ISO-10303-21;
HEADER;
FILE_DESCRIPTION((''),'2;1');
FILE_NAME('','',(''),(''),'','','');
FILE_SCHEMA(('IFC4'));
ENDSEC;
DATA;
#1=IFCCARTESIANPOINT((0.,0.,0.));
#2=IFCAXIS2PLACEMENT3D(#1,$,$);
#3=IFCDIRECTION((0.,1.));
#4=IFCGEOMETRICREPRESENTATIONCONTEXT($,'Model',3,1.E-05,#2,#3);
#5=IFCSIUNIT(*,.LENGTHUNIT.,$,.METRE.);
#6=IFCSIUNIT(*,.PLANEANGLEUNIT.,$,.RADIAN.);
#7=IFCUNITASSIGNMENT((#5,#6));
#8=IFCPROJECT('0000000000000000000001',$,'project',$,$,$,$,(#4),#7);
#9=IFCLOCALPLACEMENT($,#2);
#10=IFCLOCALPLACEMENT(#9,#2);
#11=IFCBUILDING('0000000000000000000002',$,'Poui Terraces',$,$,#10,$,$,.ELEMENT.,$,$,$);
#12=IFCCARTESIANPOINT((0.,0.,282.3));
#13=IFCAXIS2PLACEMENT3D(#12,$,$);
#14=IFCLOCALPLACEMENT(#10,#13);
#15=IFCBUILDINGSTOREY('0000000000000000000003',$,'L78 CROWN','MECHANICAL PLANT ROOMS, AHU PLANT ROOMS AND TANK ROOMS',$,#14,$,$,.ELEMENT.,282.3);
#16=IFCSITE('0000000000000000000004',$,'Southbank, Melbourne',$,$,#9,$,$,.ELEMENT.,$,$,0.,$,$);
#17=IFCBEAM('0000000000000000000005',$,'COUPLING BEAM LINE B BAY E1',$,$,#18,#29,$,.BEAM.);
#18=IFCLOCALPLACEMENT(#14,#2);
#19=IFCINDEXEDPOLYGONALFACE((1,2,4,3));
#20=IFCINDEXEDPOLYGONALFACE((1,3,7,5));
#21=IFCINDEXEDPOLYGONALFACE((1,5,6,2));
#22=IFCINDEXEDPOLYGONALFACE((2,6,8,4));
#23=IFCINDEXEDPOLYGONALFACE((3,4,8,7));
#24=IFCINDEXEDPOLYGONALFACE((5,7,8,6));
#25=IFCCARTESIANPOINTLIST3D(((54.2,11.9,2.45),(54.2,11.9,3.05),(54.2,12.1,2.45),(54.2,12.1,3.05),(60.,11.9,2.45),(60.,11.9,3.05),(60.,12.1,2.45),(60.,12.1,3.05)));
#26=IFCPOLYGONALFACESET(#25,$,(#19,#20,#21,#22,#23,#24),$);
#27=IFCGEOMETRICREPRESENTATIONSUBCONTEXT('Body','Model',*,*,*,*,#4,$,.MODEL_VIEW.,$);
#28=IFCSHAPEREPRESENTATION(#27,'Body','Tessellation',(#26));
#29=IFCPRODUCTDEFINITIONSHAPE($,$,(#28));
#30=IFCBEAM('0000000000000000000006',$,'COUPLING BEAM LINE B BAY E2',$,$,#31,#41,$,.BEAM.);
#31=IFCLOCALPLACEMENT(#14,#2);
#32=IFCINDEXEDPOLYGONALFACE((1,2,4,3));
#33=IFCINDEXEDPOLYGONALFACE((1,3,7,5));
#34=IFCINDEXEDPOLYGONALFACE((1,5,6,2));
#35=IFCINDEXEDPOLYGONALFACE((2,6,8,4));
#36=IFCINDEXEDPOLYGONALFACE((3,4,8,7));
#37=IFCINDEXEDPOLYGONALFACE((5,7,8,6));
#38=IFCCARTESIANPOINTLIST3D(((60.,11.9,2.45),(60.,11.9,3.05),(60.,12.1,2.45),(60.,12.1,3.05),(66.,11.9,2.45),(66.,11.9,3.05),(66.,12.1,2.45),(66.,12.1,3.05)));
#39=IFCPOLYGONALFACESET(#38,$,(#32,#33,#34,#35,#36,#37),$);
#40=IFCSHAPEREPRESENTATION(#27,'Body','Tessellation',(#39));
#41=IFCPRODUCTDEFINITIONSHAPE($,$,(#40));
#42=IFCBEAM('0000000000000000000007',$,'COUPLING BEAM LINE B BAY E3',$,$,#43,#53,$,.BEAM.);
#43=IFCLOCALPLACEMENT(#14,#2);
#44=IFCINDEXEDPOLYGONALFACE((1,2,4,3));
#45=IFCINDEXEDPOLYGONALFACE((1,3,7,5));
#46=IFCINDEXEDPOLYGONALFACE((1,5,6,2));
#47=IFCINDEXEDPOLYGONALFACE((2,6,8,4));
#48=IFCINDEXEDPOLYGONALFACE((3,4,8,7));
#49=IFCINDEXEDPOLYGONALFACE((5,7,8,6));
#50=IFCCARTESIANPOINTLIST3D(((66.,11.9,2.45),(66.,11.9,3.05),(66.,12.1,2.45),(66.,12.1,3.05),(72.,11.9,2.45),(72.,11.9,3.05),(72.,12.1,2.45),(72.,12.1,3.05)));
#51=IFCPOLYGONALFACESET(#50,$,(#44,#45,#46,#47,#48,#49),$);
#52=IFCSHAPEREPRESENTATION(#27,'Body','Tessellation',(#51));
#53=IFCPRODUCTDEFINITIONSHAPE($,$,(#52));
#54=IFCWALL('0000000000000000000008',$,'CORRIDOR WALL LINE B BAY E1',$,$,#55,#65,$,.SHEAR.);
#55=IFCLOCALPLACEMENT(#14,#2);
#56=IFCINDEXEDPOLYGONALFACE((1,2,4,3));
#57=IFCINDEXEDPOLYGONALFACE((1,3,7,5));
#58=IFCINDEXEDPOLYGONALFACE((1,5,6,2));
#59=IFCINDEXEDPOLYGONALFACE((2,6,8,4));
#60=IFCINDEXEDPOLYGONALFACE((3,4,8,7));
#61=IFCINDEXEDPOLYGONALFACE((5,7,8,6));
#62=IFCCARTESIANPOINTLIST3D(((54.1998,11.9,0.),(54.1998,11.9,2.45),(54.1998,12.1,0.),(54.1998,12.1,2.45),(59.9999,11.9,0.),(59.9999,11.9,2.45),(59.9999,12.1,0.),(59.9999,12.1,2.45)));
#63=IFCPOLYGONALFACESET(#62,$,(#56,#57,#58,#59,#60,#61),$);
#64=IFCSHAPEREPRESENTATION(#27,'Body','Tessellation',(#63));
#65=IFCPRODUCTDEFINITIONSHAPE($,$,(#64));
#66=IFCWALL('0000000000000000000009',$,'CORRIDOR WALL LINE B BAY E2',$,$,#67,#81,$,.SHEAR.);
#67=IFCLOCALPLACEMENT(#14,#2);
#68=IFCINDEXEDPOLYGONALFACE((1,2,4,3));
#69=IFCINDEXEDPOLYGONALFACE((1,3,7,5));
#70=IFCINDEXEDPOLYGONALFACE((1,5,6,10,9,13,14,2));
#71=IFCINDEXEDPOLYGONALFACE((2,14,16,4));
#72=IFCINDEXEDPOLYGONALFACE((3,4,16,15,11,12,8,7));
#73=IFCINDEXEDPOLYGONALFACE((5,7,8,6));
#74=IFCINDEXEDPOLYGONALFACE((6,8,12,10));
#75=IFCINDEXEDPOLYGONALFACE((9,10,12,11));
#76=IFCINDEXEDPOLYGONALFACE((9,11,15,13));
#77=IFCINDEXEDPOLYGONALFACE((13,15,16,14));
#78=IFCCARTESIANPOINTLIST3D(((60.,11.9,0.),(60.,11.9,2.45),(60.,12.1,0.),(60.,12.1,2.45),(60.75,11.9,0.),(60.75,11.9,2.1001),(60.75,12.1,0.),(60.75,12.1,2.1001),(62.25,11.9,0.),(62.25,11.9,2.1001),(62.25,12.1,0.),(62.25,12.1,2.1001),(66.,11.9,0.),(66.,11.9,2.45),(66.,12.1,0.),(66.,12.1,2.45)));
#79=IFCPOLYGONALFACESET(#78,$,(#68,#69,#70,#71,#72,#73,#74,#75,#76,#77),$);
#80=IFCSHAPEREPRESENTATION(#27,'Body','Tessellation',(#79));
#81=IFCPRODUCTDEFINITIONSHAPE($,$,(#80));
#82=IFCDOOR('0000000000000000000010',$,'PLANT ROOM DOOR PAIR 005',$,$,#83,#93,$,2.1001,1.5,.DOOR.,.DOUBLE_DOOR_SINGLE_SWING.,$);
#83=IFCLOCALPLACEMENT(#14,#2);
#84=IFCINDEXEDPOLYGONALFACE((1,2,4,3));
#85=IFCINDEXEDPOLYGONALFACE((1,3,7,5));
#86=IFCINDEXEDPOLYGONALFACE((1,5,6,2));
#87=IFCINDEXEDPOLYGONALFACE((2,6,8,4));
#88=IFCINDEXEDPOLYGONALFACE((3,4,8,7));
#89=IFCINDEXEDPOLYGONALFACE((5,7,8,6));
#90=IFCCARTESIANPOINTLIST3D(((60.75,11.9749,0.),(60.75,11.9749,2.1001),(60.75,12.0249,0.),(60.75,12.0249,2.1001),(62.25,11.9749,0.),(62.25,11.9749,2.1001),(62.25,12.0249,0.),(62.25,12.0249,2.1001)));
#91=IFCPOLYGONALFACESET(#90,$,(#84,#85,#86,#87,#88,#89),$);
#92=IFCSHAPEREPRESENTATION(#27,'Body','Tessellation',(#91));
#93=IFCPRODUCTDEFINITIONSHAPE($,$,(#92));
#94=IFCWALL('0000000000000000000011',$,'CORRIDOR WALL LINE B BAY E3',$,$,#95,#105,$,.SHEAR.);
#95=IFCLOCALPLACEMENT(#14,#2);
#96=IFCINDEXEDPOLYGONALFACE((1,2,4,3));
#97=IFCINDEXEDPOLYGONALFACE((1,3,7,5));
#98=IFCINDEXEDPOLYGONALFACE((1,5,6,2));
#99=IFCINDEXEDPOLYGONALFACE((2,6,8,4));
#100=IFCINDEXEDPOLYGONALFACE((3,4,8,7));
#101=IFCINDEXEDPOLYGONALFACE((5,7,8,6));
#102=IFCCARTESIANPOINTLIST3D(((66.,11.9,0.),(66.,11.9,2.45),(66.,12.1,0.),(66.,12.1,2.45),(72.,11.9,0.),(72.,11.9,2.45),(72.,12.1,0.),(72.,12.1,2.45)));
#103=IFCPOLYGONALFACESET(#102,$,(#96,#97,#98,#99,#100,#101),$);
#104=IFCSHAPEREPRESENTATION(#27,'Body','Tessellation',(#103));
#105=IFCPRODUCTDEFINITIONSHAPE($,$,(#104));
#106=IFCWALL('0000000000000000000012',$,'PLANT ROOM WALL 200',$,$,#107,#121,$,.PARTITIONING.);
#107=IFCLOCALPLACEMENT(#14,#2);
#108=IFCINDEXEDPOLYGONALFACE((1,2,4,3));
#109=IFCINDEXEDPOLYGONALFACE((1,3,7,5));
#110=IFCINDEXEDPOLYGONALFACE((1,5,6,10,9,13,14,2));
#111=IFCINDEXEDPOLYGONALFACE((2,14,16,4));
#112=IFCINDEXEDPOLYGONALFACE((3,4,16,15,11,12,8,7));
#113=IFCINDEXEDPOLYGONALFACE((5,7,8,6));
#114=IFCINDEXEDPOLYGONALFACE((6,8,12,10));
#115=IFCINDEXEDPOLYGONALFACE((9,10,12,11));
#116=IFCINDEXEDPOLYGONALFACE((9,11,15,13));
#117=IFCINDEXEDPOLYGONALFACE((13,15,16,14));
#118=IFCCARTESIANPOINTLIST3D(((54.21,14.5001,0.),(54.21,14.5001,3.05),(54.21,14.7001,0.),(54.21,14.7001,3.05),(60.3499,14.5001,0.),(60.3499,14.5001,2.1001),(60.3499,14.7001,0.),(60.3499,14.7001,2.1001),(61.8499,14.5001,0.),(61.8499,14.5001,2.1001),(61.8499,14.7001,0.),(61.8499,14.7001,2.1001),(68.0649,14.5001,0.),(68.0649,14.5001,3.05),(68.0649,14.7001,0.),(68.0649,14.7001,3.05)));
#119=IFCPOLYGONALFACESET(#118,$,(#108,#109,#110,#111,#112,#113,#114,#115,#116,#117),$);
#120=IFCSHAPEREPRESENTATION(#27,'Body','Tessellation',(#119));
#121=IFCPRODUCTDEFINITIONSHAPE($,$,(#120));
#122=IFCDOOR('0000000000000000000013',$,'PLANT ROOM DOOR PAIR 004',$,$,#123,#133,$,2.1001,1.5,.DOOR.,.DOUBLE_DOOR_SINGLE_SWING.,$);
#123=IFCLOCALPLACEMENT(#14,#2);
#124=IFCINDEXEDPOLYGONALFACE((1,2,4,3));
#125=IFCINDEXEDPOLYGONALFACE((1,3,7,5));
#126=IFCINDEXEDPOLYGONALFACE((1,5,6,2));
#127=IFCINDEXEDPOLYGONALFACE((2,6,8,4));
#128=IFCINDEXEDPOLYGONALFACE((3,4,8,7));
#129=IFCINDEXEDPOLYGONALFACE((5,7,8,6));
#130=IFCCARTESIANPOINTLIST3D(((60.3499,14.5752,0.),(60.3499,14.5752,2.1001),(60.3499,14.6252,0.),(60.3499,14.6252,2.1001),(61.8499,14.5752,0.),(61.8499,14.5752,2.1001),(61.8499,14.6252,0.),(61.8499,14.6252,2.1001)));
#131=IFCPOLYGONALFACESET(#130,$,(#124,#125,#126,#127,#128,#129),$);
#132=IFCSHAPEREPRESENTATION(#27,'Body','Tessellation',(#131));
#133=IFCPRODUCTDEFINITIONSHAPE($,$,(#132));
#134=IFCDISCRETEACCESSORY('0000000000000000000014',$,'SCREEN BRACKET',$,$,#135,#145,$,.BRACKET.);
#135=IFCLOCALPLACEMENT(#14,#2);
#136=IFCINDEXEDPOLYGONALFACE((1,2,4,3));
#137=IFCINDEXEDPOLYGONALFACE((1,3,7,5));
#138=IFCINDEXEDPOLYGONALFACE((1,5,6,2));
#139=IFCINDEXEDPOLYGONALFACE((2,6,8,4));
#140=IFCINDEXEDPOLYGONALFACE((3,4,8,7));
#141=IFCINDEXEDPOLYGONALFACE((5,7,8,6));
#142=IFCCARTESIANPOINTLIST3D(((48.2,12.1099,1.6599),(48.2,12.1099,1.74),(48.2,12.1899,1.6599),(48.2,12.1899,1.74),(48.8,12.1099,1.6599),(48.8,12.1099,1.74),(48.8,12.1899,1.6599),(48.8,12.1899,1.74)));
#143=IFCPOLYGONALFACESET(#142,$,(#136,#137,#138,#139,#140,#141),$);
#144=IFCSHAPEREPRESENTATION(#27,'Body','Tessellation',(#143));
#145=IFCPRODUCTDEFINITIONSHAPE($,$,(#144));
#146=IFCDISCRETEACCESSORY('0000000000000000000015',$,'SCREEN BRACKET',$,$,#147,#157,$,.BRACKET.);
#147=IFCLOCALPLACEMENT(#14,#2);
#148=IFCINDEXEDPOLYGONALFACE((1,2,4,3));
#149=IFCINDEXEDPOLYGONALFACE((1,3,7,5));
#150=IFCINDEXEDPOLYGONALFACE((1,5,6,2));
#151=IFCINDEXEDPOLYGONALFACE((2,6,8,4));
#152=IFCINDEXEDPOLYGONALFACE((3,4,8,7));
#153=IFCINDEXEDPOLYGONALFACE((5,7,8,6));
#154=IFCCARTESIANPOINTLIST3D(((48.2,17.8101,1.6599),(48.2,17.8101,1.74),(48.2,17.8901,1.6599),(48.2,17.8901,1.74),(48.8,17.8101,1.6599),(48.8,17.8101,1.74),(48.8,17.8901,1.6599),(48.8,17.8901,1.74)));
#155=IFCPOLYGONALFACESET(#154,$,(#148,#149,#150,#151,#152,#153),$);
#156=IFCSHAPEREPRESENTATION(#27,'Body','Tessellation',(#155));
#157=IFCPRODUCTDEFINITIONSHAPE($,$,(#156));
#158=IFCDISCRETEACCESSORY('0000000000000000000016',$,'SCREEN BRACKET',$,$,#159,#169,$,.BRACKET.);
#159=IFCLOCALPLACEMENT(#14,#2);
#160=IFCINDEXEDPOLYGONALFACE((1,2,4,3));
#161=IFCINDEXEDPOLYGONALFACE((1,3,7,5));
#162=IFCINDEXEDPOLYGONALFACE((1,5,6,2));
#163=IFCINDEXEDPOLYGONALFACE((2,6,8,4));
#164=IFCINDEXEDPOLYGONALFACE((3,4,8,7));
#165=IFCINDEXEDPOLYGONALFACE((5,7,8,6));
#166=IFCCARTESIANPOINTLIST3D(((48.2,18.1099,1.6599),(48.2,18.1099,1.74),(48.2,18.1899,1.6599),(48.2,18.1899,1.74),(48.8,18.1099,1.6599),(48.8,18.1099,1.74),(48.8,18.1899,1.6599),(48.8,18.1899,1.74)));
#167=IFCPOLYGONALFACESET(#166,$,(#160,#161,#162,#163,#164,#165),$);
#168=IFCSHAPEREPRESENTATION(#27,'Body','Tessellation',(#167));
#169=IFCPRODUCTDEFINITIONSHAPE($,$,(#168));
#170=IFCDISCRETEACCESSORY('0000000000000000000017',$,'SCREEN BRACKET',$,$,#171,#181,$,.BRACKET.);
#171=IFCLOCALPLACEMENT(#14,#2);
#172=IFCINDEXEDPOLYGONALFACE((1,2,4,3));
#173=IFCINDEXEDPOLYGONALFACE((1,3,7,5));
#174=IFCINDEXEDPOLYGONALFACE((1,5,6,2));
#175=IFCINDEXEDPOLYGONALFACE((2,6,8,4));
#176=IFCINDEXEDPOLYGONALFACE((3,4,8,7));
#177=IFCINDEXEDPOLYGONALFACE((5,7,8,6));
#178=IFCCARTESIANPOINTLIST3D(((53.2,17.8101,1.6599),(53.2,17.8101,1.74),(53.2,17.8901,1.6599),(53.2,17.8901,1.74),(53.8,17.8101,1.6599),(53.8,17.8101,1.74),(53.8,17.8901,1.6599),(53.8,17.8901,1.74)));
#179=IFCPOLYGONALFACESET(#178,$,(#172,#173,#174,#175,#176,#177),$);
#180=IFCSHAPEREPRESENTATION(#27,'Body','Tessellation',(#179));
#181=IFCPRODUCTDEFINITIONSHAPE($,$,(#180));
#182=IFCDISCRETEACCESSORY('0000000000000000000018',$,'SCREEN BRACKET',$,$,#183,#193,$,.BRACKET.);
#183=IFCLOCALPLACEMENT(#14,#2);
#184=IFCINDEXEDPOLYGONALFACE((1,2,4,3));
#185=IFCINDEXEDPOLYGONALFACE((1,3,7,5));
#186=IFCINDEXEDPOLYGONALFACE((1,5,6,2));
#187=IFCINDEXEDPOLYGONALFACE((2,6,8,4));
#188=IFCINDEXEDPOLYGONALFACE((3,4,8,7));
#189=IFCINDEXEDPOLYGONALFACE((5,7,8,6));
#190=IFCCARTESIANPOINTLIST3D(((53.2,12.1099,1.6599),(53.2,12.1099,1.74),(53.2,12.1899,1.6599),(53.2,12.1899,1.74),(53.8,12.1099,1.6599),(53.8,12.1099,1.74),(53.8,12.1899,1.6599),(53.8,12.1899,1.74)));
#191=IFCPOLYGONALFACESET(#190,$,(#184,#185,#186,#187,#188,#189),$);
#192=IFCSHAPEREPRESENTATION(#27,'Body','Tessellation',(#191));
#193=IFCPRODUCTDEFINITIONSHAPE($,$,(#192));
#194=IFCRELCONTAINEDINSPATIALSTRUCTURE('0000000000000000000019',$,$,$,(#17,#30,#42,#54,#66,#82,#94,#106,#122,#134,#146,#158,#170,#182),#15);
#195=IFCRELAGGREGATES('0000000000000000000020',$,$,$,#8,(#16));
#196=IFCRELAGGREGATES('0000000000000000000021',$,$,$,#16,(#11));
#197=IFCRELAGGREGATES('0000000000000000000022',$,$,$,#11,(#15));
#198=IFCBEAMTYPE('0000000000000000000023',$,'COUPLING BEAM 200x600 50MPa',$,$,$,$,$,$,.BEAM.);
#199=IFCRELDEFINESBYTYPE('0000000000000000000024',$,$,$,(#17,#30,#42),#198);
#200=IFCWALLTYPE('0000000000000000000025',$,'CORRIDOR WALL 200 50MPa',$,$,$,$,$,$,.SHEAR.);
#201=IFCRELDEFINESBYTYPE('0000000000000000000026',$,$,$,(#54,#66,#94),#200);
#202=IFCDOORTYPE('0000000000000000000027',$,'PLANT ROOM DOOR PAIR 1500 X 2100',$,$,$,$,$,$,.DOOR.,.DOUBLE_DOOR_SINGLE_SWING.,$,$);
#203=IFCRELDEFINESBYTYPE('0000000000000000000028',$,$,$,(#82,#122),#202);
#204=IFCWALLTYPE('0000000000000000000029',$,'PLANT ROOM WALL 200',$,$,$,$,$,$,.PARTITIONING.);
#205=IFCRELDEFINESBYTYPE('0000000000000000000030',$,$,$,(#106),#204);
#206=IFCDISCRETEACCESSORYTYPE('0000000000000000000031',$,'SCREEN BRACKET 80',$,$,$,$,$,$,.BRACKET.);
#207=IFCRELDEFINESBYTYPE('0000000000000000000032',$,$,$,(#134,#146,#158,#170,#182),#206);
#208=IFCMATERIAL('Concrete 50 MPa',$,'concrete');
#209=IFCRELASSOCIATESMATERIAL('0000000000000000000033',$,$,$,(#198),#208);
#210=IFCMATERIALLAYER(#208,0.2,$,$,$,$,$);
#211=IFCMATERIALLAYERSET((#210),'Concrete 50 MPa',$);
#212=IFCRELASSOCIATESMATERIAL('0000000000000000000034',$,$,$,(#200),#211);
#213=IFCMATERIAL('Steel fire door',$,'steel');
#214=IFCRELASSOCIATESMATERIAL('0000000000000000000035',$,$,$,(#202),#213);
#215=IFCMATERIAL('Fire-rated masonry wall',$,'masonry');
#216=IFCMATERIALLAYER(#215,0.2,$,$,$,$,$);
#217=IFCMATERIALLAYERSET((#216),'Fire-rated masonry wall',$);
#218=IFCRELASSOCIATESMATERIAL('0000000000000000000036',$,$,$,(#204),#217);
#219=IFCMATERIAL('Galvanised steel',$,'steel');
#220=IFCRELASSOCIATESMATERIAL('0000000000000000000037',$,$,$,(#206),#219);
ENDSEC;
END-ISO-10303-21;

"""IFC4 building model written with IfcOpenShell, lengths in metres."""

from ifc_helpers import new_model, si_unit, direction, frame, frame_2d, origin, origin_2d, place, context, subcontext, project, spatial, rectangle, extrude, source, transform, mapped, material, layer, layer_set, material_profile, profile_set, type_object, element, fill, save


model = new_model("IFC4")

# Units and contexts
model_context = context("Model", 3, precision=1e-05, world=origin(), true_north=direction((0.0, 1.0)))
body_context = subcontext(model_context, "Body", "Model", "MODEL_VIEW")
ifc_project = project(units=[si_unit("LENGTHUNIT", "METRE"), si_unit("PLANEANGLEUNIT", "RADIAN")], contexts=[model_context])

# Site, building, storey
site_placement = place(None, origin())
site = spatial("IfcSite", under=ifc_project, at=site_placement, Name="Southbank, Melbourne", CompositionType="ELEMENT", RefElevation=0.0)
building_placement = place(site_placement, origin())
building = spatial("IfcBuilding", under=site, at=building_placement, Name="Poui Terraces", CompositionType="ELEMENT")
storey_placement = place(building_placement, frame((0.0, 0.0, 282.3)))
storey = spatial("IfcBuildingStorey", under=building, at=storey_placement, Name="L78 CROWN", Description="MECHANICAL PLANT ROOMS, AHU PLANT ROOMS AND TANK ROOMS", CompositionType="ELEMENT", Elevation=282.3)

# Beams
ifc_material_1 = material(Name="Concrete 50 MPa", Category="concrete")
ifc_material_profile_1 = material_profile(ifc_material_1, rectangle(XDim=0.2, YDim=0.6001, at=origin_2d()), Name="RC 200x600")
ifc_profile_set_1 = profile_set([ifc_material_profile_1], Name="Concrete 50 MPa")
beam_type = type_object("IfcBeamType", Name="COUPLING BEAM 200x600 50MPa", PredefinedType="BEAM", material=ifc_profile_set_1)
shared_shape_1 = source(origin(), body_context, "Body", "SweptSolid", [
    extrude(rectangle(XDim=0.2, YDim=0.6001, at=origin_2d()), origin(), (0.0, 0.0, 1.0), 5.8),
])
beam_placement = place(storey_placement, frame((54.2, 12.0, 2.75), z_axis=(1.0, 0.0, 0.0), x_axis=(0.0, 1.0, 0.0)))
element("IfcBeam", 1, at=beam_placement, inside=storey, type_object=beam_type, Name="COUPLING BEAM LINE B BAY E1", PredefinedType="BEAM", context=body_context, shape_type="MappedRepresentation", body=[
    mapped(shared_shape_1, transform((0.0, 0.0, 0.0))),
])
shared_shape_2 = source(origin(), body_context, "Body", "SweptSolid", [
    extrude(rectangle(XDim=0.2, YDim=0.6001, at=origin_2d()), origin(), (0.0, 0.0, 1.0), 6.0),
])
for number, where, z_axis, x_axis, name in (
    (2, (60.0, 12.0, 2.75), (1.0, 0.0, 0.0), (0.0, 1.0, 0.0), "COUPLING BEAM LINE B BAY E2"),
    (3, (66.0, 12.0, 2.75), (1.0, 0.0, 0.0), (0.0, 1.0, 0.0), "COUPLING BEAM LINE B BAY E3"),
):
    element("IfcBeam", number, at=place(storey_placement, frame(where, z_axis=z_axis, x_axis=x_axis)), inside=storey, type_object=beam_type, Name=name, PredefinedType="BEAM", context=body_context, shape_type="MappedRepresentation", body=[
        mapped(shared_shape_2, transform((0.0, 0.0, 0.0))),
    ])

# Wall
ifc_layer_1 = layer(ifc_material_1, 0.2)
ifc_layer_set_1 = layer_set([ifc_layer_1], Name="Concrete 50 MPa")
wall_type_1 = type_object("IfcWallType", Name="CORRIDOR WALL 200 50MPa", PredefinedType="SHEAR", material=ifc_layer_set_1)
wall_1_placement = place(storey_placement, frame((54.2, 12.0, 0.0), z_axis=(0.0, 0.0, 1.0), x_axis=(1.0, 0.0, 0.0)))
element("IfcWall", 4, at=wall_1_placement, inside=storey, type_object=wall_type_1, Name="CORRIDOR WALL LINE B BAY E1", PredefinedType="SHEAR", context=body_context, shape_type="SweptSolid", body=[
    extrude(rectangle(XDim=5.8, YDim=0.2, at=frame_2d((2.8999, 0.0))), origin(), (0.0, 0.0, 1.0), 2.45),
])

# Wall, opening, door
wall_2_placement = place(storey_placement, frame((60.0, 12.0, 0.0), z_axis=(0.0, 0.0, 1.0), x_axis=(1.0, 0.0, 0.0)))
wall_2 = element("IfcWall", 5, at=wall_2_placement, inside=storey, type_object=wall_type_1, Name="CORRIDOR WALL LINE B BAY E2", PredefinedType="SHEAR", context=body_context, shape_type="SweptSolid", body=[
    extrude(rectangle(XDim=6.0, YDim=0.2, at=frame_2d((3.0, 0.0))), origin(), (0.0, 0.0, 1.0), 2.45),
])
opening_1_placement = place(wall_2_placement, frame((0.75, 0.0, 0.0)))
opening_1 = element("IfcOpeningElement", 6, at=opening_1_placement, cuts=wall_2, PredefinedType="OPENING", context=body_context, shape_type="SweptSolid", body=[
    extrude(rectangle(XDim=1.5, YDim=2.1001, at=frame_2d((0.75, 1.05))), frame((0.0, 0.1099, 0.0), z_axis=(0.0, -1.0, 0.0), x_axis=(1.0, 0.0, 0.0)), (0.0, 0.0, 1.0), 0.22),
])
ifc_material_2 = material(Name="Steel fire door", Category="steel")
door_type = type_object("IfcDoorType", Name="PLANT ROOM DOOR PAIR 1500 X 2100", OperationType="DOUBLE_DOOR_SINGLE_SWING", PredefinedType="DOOR", material=ifc_material_2)
door_1_placement = place(opening_1_placement, origin())
door_1 = element("IfcDoor", 7, at=door_1_placement, inside=storey, type_object=door_type, Name="PLANT ROOM DOOR PAIR 005", OperationType="DOUBLE_DOOR_SINGLE_SWING", OverallHeight=2.1001, OverallWidth=1.5, PredefinedType="DOOR", context=body_context, shape_type="SweptSolid", body=[
    extrude(rectangle(XDim=1.5, YDim=2.1001, at=frame_2d((0.75, 1.05))), frame((0.0, 0.0249, 0.0), z_axis=(0.0, -1.0, 0.0), x_axis=(1.0, 0.0, 0.0)), (0.0, 0.0, 1.0), 0.05),
])
fill(opening_1, door_1)

# Wall
wall_3_placement = place(storey_placement, frame((66.0, 12.0, 0.0), z_axis=(0.0, 0.0, 1.0), x_axis=(1.0, 0.0, 0.0)))
element("IfcWall", 8, at=wall_3_placement, inside=storey, type_object=wall_type_1, Name="CORRIDOR WALL LINE B BAY E3", PredefinedType="SHEAR", context=body_context, shape_type="SweptSolid", body=[
    extrude(rectangle(XDim=6.0, YDim=0.2, at=frame_2d((3.0, 0.0))), origin(), (0.0, 0.0, 1.0), 2.45),
])

# Wall, opening, door
ifc_material_3 = material(Name="Fire-rated masonry wall", Category="masonry")
ifc_layer_2 = layer(ifc_material_3, 0.2)
ifc_layer_set_2 = layer_set([ifc_layer_2], Name="Fire-rated masonry wall")
wall_type_2 = type_object("IfcWallType", Name="PLANT ROOM WALL 200", PredefinedType="PARTITIONING", material=ifc_layer_set_2)
wall_4_placement = place(storey_placement, frame((54.21, 14.6001, 0.0), z_axis=(0.0, 0.0, 1.0), x_axis=(1.0, 0.0, 0.0)))
wall_4 = element("IfcWall", 9, at=wall_4_placement, inside=storey, type_object=wall_type_2, Name="PLANT ROOM WALL 200", PredefinedType="PARTITIONING", context=body_context, shape_type="SweptSolid", body=[
    extrude(rectangle(XDim=13.855, YDim=0.2, at=frame_2d((6.9275, 0.0))), origin(), (0.0, 0.0, 1.0), 3.05),
])
opening_2_placement = place(wall_4_placement, frame((6.1399, 0.0, 0.0)))
opening_2 = element("IfcOpeningElement", 10, at=opening_2_placement, cuts=wall_4, PredefinedType="OPENING", context=body_context, shape_type="SweptSolid", body=[
    extrude(rectangle(XDim=1.5, YDim=2.1001, at=frame_2d((0.75, 1.05))), frame((0.0, 0.1099, 0.0), z_axis=(0.0, -1.0, 0.0), x_axis=(1.0, 0.0, 0.0)), (0.0, 0.0, 1.0), 0.22),
])
door_2_placement = place(opening_2_placement, frame((1.5, 0.0, 0.0), z_axis=(0.0, 0.0, 1.0), x_axis=(-1.0, 0.0, 0.0)))
door_2 = element("IfcDoor", 11, at=door_2_placement, inside=storey, type_object=door_type, Name="PLANT ROOM DOOR PAIR 004", OperationType="DOUBLE_DOOR_SINGLE_SWING", OverallHeight=2.1001, OverallWidth=1.5, PredefinedType="DOOR", context=body_context, shape_type="SweptSolid", body=[
    extrude(rectangle(XDim=1.5, YDim=2.1001, at=frame_2d((0.75, 1.05))), frame((0.0, 0.0249, 0.0), z_axis=(0.0, -1.0, 0.0), x_axis=(1.0, 0.0, 0.0)), (0.0, 0.0, 1.0), 0.05),
])
fill(opening_2, door_2)

# Discrete accessories
ifc_material_4 = material(Name="Galvanised steel", Category="steel")
ifc_material_profile_2 = material_profile(ifc_material_4, rectangle(XDim=0.0801, YDim=0.0801, at=origin_2d()), Name="SCREEN BRACKET 80")
ifc_profile_set_2 = profile_set([ifc_material_profile_2], Name="Galvanised steel")
discrete_accessory_type = type_object("IfcDiscreteAccessoryType", Name="SCREEN BRACKET 80", PredefinedType="BRACKET", material=ifc_profile_set_2)
shared_shape_3 = source(origin(), body_context, "Body", "SweptSolid", [
    extrude(rectangle(XDim=0.0801, YDim=0.0801, at=origin_2d()), origin(), (0.0, 0.0, 1.0), 0.6001),
])
for number, where, z_axis, x_axis, name in (
    (12, (48.2, 12.1499, 1.7), (1.0, 0.0, 0.0), (0.0, 1.0, 0.0), "SCREEN BRACKET"),
    (13, (48.2, 17.8501, 1.7), (1.0, 0.0, 0.0), (0.0, 1.0, 0.0), "SCREEN BRACKET"),
    (14, (48.2, 18.1499, 1.7), (1.0, 0.0, 0.0), (0.0, 1.0, 0.0), "SCREEN BRACKET"),
    (15, (53.8, 17.8501, 1.7), (-1.0, 0.0, 0.0), (0.0, -1.0, 0.0), "SCREEN BRACKET"),
    (16, (53.8, 12.1499, 1.7), (-1.0, 0.0, 0.0), (0.0, -1.0, 0.0), "SCREEN BRACKET"),
):
    element("IfcDiscreteAccessory", number, at=place(storey_placement, frame(where, z_axis=z_axis, x_axis=x_axis)), inside=storey, type_object=discrete_accessory_type, Name=name, PredefinedType="BRACKET", context=body_context, shape_type="MappedRepresentation", body=[
        mapped(shared_shape_3, transform((0.0, 0.0, 0.0))),
    ])

save(model, "model.ifc")
